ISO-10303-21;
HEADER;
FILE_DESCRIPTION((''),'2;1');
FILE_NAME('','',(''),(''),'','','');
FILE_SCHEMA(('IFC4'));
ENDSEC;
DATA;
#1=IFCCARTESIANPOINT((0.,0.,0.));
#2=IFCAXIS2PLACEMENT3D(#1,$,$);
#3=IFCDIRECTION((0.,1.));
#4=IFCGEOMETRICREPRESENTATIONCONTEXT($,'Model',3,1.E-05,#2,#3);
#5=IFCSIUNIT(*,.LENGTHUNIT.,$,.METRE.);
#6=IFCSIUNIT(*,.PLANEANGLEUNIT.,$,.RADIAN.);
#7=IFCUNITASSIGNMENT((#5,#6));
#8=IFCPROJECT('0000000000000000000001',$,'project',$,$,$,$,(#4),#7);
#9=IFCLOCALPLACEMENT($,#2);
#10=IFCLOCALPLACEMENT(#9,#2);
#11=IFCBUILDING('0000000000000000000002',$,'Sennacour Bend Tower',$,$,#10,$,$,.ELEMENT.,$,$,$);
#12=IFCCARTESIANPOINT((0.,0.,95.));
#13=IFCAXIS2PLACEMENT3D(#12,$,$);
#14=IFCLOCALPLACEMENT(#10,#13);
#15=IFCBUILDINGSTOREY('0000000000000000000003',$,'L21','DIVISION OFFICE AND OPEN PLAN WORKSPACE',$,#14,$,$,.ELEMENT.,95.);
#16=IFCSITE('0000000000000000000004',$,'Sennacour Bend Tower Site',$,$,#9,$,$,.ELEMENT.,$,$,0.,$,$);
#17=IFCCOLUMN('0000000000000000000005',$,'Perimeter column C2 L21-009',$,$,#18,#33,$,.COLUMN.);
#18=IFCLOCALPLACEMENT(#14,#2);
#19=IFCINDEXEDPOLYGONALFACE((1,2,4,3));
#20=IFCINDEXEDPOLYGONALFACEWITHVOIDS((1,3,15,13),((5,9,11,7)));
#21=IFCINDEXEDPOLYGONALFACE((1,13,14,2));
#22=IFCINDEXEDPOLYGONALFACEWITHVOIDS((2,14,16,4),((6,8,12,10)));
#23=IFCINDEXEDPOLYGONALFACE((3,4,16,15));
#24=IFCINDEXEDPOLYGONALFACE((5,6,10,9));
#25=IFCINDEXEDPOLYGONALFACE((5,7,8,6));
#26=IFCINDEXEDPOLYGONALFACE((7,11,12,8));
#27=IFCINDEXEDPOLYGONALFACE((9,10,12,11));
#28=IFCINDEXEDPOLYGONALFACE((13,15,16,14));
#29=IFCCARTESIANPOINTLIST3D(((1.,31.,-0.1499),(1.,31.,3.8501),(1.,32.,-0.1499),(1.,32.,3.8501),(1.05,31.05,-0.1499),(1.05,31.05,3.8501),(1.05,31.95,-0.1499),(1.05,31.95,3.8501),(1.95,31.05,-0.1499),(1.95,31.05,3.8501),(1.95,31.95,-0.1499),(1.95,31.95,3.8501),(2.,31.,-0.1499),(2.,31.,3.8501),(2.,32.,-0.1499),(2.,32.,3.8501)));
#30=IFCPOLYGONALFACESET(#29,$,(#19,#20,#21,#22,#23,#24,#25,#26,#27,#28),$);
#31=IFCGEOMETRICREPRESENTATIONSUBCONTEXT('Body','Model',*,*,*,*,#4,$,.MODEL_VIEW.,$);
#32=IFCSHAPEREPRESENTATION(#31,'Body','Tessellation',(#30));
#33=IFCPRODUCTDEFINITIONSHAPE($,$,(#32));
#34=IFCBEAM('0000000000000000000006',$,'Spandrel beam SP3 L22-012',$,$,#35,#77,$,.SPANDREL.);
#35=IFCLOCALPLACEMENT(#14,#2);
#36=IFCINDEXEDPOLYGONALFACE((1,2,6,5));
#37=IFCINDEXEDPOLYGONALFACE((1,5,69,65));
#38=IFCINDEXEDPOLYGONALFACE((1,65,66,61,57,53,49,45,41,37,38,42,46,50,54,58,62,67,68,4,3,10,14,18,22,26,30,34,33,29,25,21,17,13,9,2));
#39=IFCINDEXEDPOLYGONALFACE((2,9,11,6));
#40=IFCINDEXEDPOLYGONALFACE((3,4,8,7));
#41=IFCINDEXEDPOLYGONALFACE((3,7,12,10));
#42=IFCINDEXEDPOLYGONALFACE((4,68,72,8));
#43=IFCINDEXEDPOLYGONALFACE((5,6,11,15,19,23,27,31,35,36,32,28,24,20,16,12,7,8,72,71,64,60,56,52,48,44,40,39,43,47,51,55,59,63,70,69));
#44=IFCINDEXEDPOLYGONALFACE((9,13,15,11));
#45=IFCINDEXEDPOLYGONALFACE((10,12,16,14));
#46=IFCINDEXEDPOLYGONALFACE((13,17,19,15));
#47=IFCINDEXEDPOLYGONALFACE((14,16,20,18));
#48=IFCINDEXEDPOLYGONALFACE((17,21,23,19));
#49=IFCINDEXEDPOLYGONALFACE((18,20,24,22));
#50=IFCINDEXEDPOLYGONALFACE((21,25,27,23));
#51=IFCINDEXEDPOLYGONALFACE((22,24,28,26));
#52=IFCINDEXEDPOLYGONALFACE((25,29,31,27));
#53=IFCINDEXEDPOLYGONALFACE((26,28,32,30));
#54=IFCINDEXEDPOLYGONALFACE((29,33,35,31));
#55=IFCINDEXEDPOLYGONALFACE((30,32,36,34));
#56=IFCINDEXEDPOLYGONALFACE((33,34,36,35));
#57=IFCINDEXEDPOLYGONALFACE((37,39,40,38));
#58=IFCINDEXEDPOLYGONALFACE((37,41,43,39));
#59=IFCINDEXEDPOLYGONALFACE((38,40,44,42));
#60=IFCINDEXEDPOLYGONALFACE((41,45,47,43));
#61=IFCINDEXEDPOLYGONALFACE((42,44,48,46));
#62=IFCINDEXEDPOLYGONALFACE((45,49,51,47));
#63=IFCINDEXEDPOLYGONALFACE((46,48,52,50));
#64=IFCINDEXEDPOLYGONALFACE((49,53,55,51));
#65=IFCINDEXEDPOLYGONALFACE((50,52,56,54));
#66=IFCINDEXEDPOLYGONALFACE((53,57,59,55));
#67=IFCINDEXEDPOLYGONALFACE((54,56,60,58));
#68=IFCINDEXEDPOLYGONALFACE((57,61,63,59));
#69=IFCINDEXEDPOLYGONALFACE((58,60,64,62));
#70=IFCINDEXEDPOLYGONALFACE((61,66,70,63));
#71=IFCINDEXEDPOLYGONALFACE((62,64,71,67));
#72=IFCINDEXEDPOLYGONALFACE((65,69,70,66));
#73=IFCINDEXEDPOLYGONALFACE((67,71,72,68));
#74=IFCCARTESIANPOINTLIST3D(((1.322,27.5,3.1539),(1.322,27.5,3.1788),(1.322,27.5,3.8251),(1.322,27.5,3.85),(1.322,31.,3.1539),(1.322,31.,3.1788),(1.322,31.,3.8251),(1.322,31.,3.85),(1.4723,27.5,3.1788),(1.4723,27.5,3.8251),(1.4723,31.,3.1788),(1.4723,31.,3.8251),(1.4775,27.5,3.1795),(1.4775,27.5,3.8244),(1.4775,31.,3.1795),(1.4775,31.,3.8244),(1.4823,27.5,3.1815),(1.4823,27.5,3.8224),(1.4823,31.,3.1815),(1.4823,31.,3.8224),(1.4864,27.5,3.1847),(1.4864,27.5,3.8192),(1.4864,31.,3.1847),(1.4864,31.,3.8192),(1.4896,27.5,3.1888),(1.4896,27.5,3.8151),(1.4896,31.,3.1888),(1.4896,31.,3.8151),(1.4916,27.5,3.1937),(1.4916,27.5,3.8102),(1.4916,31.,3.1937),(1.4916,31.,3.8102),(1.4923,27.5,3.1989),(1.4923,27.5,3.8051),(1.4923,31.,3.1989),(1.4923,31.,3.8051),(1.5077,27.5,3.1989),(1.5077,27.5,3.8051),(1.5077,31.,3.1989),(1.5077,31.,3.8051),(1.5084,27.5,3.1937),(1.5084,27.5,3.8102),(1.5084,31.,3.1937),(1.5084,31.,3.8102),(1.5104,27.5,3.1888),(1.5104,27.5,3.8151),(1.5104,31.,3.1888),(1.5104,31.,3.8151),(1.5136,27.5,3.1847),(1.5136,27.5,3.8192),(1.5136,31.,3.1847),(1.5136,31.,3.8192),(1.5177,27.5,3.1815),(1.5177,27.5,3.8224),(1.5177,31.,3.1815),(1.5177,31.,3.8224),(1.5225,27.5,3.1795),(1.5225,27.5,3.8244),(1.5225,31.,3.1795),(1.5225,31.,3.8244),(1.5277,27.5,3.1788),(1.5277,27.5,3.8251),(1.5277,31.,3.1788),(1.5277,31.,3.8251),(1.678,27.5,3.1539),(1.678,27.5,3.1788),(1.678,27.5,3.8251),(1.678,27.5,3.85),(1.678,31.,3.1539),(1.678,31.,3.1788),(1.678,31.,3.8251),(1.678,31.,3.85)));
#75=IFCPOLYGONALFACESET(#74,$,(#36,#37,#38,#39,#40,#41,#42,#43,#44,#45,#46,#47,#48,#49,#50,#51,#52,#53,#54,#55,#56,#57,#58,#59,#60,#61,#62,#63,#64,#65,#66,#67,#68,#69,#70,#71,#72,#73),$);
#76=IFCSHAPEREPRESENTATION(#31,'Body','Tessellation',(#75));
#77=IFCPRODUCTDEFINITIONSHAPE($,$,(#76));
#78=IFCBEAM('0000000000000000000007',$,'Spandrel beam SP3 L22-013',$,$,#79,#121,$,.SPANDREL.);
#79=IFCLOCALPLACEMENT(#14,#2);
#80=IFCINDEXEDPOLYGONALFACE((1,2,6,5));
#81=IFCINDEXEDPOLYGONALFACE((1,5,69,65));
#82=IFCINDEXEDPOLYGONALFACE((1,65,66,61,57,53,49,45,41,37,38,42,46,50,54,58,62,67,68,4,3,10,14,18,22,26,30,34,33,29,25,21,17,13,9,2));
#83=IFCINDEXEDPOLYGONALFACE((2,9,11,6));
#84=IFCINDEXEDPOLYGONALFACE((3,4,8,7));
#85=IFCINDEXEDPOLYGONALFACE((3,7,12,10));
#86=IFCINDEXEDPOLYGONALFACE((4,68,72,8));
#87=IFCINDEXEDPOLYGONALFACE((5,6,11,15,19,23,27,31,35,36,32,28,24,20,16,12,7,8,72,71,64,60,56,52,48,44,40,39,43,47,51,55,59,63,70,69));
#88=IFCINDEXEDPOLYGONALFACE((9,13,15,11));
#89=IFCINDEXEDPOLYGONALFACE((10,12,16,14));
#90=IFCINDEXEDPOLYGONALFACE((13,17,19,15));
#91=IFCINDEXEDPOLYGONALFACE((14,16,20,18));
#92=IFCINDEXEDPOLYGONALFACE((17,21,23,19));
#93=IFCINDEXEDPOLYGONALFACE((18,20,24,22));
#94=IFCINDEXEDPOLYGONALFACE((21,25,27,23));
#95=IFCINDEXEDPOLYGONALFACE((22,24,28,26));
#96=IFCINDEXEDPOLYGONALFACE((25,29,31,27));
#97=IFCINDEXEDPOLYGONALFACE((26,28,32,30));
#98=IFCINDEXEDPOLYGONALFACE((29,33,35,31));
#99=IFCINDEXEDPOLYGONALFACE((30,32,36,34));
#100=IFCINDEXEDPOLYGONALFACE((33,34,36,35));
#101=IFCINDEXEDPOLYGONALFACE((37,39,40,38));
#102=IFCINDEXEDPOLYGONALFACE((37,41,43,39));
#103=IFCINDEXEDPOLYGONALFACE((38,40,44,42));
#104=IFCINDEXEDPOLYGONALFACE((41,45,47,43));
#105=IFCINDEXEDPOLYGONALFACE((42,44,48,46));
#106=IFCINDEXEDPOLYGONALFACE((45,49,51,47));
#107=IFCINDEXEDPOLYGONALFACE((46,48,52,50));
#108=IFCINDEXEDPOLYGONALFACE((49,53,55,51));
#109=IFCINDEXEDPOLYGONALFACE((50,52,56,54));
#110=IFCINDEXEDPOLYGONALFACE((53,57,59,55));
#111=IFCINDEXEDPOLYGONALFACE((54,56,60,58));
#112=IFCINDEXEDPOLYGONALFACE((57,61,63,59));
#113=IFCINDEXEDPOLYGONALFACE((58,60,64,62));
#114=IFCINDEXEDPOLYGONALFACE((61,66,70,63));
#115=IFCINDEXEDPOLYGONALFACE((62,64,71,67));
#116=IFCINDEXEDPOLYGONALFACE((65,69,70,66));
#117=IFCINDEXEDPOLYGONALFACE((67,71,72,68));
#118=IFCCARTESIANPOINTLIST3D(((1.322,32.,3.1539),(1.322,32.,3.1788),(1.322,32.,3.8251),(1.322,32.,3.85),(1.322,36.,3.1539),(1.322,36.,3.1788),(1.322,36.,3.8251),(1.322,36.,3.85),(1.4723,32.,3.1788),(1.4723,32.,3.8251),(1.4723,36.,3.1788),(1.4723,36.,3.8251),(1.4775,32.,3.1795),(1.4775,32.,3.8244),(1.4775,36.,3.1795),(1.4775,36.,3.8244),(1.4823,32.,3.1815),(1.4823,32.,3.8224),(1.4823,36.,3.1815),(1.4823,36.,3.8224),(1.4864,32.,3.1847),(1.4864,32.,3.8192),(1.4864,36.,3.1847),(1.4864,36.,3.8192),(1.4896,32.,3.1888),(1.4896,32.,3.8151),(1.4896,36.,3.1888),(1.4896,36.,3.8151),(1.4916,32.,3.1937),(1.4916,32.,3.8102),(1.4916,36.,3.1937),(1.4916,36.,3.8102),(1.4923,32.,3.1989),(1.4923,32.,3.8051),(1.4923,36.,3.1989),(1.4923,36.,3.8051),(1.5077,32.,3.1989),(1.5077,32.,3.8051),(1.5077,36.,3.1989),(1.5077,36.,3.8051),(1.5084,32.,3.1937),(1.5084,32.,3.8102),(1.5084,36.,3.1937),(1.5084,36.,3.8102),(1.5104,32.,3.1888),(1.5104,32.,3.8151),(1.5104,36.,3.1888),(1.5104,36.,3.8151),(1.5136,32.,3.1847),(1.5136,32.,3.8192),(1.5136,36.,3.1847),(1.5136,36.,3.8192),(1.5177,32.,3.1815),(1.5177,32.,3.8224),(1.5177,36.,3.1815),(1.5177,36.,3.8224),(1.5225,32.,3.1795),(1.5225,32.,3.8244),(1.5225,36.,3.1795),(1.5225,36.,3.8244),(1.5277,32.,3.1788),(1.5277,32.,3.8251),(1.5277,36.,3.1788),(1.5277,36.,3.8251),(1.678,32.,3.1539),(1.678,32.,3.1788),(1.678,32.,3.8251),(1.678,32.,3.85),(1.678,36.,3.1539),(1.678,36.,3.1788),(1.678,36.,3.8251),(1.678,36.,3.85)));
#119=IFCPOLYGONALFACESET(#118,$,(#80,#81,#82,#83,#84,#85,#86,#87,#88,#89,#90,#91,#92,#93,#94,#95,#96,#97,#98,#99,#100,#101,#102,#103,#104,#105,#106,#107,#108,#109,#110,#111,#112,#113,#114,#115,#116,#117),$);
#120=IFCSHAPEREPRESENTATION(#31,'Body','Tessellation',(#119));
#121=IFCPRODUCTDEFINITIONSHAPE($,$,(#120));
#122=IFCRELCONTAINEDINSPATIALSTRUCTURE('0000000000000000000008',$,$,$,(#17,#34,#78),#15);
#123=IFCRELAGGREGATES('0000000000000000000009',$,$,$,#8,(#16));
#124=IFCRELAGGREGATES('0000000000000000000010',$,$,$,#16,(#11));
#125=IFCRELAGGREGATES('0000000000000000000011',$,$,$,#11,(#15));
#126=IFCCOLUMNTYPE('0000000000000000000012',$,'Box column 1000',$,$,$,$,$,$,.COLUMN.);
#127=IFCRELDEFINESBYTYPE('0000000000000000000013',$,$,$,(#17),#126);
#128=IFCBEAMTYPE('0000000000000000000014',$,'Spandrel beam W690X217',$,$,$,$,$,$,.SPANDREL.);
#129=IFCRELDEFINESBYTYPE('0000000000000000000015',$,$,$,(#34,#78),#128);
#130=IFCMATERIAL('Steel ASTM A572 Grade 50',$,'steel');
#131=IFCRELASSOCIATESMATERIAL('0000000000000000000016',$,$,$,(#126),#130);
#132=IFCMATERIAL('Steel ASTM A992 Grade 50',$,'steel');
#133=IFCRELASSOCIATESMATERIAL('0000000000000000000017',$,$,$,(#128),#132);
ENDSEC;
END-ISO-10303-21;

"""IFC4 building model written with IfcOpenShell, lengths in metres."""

from ifc_helpers import new_model, si_unit, direction, frame, origin, origin_2d, place, context, subcontext, project, spatial, hollow_rectangle, i_section, extrude, material, material_profile, profile_set, type_object, element, save


model = new_model("IFC4")

# Units and contexts
model_context = context("Model", 3, precision=1e-05, world=origin(), true_north=direction((0.0, 1.0)))
body_context = subcontext(model_context, "Body", "Model", "MODEL_VIEW")
ifc_project = project(units=[si_unit("LENGTHUNIT", "METRE"), si_unit("PLANEANGLEUNIT", "RADIAN")], contexts=[model_context])

# Site, building, storey
site_placement = place(None, origin())
site = spatial("IfcSite", under=ifc_project, at=site_placement, Name="Sennacour Bend Tower Site", CompositionType="ELEMENT", RefElevation=0.0)
building_placement = place(site_placement, origin())
building = spatial("IfcBuilding", under=site, at=building_placement, Name="Sennacour Bend Tower", CompositionType="ELEMENT")
storey_placement = place(building_placement, frame((0.0, 0.0, 95.0)))
storey = spatial("IfcBuildingStorey", under=building, at=storey_placement, Name="L21", Description="DIVISION OFFICE AND OPEN PLAN WORKSPACE", CompositionType="ELEMENT", Elevation=95.0)

# Column
ifc_material_1 = material(Name="Steel ASTM A572 Grade 50", Category="steel")
ifc_material_profile_1 = material_profile(ifc_material_1, hollow_rectangle(XDim=1.0, YDim=1.0, WallThickness=0.05, at=origin_2d()), Name="Steel ASTM A572 Grade 50", Category="steel")
ifc_profile_set_1 = profile_set([ifc_material_profile_1], Name="Steel ASTM A572 Grade 50")
column_type = type_object("IfcColumnType", Name="Box column 1000", PredefinedType="COLUMN", material=ifc_profile_set_1)
column_placement = place(storey_placement, frame((1.5, 31.5, -0.1499), z_axis=(0.0, 0.0, 1.0), x_axis=(1.0, 0.0, 0.0)))
element("IfcColumn", 1, at=column_placement, inside=storey, type_object=column_type, Name="Perimeter column C2 L21-009", PredefinedType="COLUMN", context=body_context, shape_type="SweptSolid", body=[
    extrude(hollow_rectangle(XDim=1.0, YDim=1.0, WallThickness=0.05, at=origin_2d()), origin(), (0.0, 0.0, 1.0), 4.0),
])

# Beams
ifc_material_2 = material(Name="Steel ASTM A992 Grade 50", Category="steel")
ifc_material_profile_2 = material_profile(ifc_material_2, i_section(OverallWidth=0.356, OverallDepth=0.696, WebThickness=0.0154, FlangeThickness=0.0249, FilletRadius=0.02, at=origin_2d()), Name="Steel ASTM A992 Grade 50", Category="steel")
ifc_profile_set_2 = profile_set([ifc_material_profile_2], Name="Steel ASTM A992 Grade 50")
beam_type = type_object("IfcBeamType", Name="Spandrel beam W690X217", PredefinedType="SPANDREL", material=ifc_profile_set_2)
beam_1_placement = place(storey_placement, frame((1.5, 27.5, 3.502), z_axis=(0.0, 1.0, 0.0), x_axis=(-1.0, 0.0, 0.0)))
element("IfcBeam", 2, at=beam_1_placement, inside=storey, type_object=beam_type, Name="Spandrel beam SP3 L22-012", PredefinedType="SPANDREL", context=body_context, shape_type="SweptSolid", body=[
    extrude(i_section(OverallWidth=0.356, OverallDepth=0.696, WebThickness=0.0154, FlangeThickness=0.0249, FilletRadius=0.02, at=origin_2d()), origin(), (0.0, 0.0, 1.0), 3.5),
])
beam_2_placement = place(storey_placement, frame((1.5, 32.0, 3.502), z_axis=(0.0, 1.0, 0.0), x_axis=(-1.0, 0.0, 0.0)))
element("IfcBeam", 3, at=beam_2_placement, inside=storey, type_object=beam_type, Name="Spandrel beam SP3 L22-013", PredefinedType="SPANDREL", context=body_context, shape_type="SweptSolid", body=[
    extrude(i_section(OverallWidth=0.356, OverallDepth=0.696, WebThickness=0.0154, FlangeThickness=0.0249, FilletRadius=0.02, at=origin_2d()), origin(), (0.0, 0.0, 1.0), 4.0),
])

save(model, "model.ifc")
